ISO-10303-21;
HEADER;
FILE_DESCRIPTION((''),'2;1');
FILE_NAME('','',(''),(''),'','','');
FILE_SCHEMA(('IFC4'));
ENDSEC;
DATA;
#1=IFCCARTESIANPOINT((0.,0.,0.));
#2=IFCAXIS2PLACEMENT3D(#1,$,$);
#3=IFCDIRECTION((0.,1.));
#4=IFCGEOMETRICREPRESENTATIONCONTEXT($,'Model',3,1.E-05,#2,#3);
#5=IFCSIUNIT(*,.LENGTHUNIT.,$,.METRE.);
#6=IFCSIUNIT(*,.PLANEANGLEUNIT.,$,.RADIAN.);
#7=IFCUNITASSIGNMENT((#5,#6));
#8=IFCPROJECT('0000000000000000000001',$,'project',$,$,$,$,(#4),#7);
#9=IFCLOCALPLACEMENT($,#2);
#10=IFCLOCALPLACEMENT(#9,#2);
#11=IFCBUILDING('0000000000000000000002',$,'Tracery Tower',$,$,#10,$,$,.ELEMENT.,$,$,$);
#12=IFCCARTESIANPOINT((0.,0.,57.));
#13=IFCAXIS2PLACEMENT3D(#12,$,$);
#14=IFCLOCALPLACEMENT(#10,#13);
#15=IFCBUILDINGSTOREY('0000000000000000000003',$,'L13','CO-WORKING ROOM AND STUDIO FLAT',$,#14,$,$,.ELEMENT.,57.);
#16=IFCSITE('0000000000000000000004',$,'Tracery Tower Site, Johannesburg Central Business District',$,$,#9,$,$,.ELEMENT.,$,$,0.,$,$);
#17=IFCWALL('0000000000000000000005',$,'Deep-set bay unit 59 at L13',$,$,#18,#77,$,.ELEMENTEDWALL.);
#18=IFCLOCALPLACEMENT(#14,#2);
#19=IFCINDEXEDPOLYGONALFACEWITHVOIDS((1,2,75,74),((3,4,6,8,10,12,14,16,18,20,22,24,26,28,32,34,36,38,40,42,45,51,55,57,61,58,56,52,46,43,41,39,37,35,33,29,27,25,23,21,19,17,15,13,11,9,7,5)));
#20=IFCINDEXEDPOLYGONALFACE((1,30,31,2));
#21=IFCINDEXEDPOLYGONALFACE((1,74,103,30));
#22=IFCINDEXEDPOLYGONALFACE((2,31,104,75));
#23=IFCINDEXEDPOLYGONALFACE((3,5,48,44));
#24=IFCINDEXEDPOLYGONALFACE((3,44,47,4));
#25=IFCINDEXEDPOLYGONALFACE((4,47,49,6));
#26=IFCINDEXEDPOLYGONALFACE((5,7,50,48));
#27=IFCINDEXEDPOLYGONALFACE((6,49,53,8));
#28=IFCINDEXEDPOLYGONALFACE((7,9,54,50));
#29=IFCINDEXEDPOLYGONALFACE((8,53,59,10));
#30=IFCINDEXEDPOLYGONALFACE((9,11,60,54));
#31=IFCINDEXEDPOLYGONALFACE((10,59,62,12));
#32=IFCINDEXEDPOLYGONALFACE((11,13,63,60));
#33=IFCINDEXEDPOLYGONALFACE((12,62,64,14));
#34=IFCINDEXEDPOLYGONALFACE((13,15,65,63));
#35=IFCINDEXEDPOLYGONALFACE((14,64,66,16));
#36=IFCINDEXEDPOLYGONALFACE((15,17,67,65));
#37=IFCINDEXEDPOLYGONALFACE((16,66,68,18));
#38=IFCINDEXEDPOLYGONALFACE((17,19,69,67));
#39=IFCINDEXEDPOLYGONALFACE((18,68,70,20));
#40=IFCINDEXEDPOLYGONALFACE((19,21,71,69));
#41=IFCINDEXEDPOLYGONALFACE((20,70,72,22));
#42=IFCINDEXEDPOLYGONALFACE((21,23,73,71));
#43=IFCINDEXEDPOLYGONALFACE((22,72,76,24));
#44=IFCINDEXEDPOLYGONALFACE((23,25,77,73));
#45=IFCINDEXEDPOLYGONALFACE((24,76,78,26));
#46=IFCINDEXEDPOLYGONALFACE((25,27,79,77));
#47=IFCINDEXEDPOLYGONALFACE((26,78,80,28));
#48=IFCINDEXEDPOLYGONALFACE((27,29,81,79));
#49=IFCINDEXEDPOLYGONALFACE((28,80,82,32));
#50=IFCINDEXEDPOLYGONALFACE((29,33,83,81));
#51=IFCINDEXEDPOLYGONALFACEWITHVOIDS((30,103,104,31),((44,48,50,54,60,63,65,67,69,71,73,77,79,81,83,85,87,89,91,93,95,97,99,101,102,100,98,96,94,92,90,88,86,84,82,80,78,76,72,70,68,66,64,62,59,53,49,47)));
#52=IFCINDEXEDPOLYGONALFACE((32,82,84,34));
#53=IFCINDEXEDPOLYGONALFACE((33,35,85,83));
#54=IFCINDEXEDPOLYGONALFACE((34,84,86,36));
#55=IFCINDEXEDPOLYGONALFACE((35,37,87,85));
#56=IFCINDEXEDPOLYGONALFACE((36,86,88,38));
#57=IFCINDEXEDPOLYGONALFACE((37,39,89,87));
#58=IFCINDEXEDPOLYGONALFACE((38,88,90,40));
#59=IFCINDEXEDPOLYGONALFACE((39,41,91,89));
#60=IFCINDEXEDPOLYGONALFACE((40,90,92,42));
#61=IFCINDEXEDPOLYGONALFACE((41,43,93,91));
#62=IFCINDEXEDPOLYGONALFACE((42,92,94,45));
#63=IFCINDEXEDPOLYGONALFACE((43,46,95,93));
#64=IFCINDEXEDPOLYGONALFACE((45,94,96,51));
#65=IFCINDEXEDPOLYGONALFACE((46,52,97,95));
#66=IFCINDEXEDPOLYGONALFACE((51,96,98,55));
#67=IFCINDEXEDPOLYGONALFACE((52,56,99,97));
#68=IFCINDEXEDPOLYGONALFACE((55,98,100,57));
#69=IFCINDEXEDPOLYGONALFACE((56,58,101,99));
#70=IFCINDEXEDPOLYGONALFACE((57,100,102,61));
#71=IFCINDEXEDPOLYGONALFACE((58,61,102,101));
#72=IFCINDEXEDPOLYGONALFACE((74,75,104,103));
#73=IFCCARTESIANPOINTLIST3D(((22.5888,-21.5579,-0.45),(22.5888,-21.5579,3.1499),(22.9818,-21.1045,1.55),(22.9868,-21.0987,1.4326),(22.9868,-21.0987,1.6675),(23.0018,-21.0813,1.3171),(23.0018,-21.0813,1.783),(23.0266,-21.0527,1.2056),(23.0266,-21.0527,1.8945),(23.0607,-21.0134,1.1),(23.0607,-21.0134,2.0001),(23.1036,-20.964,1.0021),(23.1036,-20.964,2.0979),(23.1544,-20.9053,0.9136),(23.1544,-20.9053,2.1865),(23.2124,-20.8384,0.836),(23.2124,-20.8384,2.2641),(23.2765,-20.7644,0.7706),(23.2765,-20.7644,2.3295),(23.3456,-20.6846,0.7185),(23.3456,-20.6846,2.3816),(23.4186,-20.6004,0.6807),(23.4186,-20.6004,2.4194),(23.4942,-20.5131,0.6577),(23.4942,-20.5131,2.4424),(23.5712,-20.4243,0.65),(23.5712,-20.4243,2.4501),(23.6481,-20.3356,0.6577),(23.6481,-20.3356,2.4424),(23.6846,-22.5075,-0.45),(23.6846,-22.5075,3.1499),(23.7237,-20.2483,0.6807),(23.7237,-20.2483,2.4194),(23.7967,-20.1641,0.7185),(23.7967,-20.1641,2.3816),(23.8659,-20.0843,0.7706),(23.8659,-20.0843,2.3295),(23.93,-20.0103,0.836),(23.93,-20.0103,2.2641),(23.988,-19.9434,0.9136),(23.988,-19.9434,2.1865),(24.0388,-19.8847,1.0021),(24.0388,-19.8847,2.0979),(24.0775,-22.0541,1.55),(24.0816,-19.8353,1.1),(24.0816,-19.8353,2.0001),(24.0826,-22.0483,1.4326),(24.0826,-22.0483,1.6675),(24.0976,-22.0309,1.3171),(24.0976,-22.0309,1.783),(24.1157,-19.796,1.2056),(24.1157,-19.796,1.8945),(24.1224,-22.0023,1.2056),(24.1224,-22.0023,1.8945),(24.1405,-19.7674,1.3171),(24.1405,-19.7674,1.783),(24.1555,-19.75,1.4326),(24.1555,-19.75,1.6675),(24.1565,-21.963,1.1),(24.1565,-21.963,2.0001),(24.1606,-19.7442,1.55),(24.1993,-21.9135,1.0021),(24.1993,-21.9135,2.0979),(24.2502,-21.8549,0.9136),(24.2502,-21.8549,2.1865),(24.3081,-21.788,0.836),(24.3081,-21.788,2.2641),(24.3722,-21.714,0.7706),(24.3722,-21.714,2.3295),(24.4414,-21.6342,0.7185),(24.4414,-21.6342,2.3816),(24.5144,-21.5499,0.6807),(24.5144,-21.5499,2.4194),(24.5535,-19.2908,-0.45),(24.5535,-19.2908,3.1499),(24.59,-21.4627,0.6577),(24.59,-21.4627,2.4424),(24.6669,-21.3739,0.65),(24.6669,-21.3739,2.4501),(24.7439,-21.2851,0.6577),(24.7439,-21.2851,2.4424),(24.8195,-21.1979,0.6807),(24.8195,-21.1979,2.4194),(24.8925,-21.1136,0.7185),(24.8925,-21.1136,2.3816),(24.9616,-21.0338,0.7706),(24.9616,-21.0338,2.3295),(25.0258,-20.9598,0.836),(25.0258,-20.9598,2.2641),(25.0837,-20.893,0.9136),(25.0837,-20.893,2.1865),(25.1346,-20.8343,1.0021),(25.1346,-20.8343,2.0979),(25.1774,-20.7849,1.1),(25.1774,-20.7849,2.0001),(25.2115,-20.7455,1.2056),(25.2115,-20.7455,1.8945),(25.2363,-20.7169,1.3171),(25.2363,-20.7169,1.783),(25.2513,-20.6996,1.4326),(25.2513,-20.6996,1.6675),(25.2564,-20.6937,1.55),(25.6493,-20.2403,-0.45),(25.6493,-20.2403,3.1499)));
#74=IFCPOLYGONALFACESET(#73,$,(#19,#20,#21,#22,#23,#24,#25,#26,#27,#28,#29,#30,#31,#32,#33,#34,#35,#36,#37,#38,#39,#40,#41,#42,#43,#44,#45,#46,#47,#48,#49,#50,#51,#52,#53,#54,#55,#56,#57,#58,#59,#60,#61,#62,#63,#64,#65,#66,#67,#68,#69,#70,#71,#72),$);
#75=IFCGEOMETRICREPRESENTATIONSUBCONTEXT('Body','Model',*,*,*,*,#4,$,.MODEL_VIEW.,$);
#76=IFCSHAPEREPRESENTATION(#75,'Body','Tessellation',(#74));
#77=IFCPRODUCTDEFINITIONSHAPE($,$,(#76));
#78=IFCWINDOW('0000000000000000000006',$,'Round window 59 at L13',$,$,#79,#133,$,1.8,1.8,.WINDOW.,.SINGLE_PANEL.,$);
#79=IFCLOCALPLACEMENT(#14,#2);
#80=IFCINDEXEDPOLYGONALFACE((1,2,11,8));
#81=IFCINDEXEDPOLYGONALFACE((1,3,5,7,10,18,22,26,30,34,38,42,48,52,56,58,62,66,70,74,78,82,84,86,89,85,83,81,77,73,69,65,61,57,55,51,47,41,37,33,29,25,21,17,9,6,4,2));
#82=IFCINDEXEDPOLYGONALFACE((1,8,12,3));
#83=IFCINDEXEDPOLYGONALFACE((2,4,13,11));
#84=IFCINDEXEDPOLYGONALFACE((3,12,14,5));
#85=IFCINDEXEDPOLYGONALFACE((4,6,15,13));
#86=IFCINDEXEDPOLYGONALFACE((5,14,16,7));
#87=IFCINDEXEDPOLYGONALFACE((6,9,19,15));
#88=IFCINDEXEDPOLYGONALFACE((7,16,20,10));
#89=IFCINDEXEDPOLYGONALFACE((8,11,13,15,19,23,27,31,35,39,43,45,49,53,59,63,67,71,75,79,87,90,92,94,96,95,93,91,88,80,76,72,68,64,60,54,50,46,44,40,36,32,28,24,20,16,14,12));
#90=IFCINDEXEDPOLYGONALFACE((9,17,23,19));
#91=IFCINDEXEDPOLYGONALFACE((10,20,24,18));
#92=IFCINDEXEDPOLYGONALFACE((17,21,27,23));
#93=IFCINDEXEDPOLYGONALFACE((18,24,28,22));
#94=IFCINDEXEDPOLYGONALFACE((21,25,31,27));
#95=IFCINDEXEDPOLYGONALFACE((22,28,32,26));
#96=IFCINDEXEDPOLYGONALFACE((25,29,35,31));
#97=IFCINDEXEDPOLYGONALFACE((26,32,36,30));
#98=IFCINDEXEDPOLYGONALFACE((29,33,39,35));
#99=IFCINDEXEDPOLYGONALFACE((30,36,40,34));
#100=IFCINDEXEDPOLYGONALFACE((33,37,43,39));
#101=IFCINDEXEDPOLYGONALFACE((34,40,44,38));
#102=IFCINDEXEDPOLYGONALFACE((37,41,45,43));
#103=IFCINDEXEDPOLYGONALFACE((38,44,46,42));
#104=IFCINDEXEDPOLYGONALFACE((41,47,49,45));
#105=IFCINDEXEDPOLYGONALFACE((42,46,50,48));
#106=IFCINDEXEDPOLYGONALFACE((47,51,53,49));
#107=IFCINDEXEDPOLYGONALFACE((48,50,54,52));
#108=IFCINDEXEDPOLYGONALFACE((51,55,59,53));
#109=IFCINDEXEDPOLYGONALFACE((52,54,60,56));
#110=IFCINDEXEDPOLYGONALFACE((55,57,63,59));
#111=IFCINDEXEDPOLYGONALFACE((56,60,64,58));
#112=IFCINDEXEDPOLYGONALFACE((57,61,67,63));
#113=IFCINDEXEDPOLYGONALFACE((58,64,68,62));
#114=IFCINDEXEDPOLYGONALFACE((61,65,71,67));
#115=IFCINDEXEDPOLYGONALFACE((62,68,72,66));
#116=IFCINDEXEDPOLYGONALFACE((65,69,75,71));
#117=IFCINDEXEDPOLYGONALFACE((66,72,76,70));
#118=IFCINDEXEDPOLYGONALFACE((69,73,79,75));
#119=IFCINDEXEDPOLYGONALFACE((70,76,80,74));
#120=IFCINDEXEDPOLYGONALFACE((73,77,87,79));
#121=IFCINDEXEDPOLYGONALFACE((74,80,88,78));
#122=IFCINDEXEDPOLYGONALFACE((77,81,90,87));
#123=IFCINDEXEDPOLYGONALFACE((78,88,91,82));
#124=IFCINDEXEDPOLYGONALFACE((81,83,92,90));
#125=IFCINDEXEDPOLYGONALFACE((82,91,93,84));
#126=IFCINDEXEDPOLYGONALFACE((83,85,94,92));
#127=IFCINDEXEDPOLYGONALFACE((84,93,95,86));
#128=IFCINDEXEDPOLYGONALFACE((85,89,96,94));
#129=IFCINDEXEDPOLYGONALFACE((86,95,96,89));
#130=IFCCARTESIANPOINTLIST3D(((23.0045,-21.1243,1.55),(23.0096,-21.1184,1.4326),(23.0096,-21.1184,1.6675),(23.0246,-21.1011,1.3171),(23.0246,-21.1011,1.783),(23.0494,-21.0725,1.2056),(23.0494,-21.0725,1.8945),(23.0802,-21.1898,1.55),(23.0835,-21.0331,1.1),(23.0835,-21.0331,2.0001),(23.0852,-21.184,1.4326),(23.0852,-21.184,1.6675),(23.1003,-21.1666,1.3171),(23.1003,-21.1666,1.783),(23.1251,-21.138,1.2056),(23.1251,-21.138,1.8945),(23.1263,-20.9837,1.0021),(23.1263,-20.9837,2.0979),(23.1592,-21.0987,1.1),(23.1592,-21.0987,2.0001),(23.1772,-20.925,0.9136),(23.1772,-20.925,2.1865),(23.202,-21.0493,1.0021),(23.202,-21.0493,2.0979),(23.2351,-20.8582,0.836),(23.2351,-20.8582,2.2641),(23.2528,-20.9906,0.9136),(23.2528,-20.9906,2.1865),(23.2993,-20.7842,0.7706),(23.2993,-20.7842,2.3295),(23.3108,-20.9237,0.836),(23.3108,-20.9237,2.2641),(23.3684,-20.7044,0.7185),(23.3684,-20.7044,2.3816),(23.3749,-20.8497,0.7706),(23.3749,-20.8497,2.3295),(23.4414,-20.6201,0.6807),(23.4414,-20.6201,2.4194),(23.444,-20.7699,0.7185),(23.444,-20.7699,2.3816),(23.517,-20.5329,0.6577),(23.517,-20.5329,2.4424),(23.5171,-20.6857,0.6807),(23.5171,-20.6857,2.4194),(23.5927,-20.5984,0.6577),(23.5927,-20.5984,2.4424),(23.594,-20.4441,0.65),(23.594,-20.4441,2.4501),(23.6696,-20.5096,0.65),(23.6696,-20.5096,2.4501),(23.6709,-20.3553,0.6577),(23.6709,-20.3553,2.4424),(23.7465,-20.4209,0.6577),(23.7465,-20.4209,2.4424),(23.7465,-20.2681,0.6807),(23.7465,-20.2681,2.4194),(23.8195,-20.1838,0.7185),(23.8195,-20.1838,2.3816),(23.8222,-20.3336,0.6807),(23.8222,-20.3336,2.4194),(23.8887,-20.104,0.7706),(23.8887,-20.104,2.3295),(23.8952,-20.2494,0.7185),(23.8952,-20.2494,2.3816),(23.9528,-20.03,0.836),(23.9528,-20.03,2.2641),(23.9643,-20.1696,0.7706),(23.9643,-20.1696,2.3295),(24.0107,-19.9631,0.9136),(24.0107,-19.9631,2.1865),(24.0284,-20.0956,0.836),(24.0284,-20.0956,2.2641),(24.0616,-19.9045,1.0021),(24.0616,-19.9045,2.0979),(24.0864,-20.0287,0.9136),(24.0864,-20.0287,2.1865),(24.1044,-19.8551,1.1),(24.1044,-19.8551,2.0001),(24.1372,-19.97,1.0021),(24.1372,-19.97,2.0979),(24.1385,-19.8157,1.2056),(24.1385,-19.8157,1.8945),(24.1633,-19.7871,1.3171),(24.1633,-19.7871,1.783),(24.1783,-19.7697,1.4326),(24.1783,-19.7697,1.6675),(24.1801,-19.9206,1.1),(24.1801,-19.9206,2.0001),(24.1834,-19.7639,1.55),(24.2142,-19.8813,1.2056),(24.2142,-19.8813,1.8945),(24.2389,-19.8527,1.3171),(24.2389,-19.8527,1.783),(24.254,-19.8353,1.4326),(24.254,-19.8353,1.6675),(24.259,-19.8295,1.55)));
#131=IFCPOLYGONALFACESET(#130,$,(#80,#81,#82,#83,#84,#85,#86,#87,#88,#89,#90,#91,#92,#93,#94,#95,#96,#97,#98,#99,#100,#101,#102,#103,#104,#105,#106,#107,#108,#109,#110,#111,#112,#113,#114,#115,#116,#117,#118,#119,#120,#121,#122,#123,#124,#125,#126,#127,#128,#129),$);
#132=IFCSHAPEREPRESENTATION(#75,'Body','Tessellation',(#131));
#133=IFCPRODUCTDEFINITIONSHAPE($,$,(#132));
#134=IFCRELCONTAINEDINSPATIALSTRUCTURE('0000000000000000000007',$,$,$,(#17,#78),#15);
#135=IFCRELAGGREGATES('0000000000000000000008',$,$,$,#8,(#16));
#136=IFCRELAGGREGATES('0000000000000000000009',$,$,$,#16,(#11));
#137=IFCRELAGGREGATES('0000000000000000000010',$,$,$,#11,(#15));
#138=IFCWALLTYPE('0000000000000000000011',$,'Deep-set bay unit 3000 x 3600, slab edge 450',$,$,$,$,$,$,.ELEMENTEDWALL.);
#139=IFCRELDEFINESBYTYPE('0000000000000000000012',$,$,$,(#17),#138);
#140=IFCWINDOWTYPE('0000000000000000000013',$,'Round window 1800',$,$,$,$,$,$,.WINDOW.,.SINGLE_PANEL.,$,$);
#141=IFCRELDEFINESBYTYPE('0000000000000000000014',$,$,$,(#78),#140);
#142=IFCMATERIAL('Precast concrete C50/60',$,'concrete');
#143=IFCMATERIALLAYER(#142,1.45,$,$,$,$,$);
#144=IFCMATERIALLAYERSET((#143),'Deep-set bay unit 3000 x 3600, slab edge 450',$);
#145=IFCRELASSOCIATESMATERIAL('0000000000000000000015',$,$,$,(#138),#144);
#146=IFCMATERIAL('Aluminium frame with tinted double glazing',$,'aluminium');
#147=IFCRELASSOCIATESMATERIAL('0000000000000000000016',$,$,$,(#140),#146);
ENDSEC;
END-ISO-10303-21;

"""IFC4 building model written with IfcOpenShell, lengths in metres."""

from ifc_helpers import new_model, si_unit, direction, frame, frame_2d, origin, origin_2d, place, context, subcontext, project, spatial, rectangle, circle, extrude, material, layer, layer_set, type_object, element, fill, save


model = new_model("IFC4")

# Units and contexts
model_context = context("Model", 3, precision=1e-05, world=origin(), true_north=direction((0.0, 1.0)))
body_context = subcontext(model_context, "Body", "Model", "MODEL_VIEW")
ifc_project = project(units=[si_unit("LENGTHUNIT", "METRE"), si_unit("PLANEANGLEUNIT", "RADIAN")], contexts=[model_context])

# Site, building, storey
site_placement = place(None, origin())
site = spatial("IfcSite", under=ifc_project, at=site_placement, Name="Tracery Tower Site, Johannesburg Central Business District", CompositionType="ELEMENT", RefElevation=0.0)
building_placement = place(site_placement, origin())
building = spatial("IfcBuilding", under=site, at=building_placement, Name="Tracery Tower", CompositionType="ELEMENT")
storey_placement = place(building_placement, frame((0.0, 0.0, 57.0)))
storey = spatial("IfcBuildingStorey", under=building, at=storey_placement, Name="L13", Description="CO-WORKING ROOM AND STUDIO FLAT", CompositionType="ELEMENT", Elevation=57.0)

# Wall, opening, window
ifc_material_1 = material(Name="Precast concrete C50/60", Category="concrete")
ifc_layer_1 = layer(ifc_material_1, 1.45)
ifc_layer_set_1 = layer_set([ifc_layer_1], Name="Deep-set bay unit 3000 x 3600, slab edge 450")
wall_type_1 = type_object("IfcWallType", Name="Deep-set bay unit 3000 x 3600, slab edge 450", PredefinedType="ELEMENTEDWALL", material=ifc_layer_set_1)
ifc_material_2 = material(Name="Aluminium frame with tinted double glazing", Category="aluminium")
window_type = type_object("IfcWindowType", Name="Round window 1800", PartitioningType="SINGLE_PANEL", PredefinedType="WINDOW", material=ifc_material_2)
wall_1_placement = place(storey_placement, frame((23.1367, -22.0327, -0.45), z_axis=(0.0, 0.0, 1.0), x_axis=(0.65489, 0.755724, 0.0)))
wall_1 = element("IfcWall", 1, at=wall_1_placement, inside=storey, type_object=wall_type_1, Name="Deep-set bay unit 59 at L13", PredefinedType="ELEMENTEDWALL", context=body_context, shape_type="SweptSolid", body=[
    extrude(rectangle(XDim=3.0, YDim=1.45, at=frame_2d((1.5, 0.0))), origin(), (0.0, 0.0, 1.0), 3.5999),
])
opening_1_placement = place(wall_1_placement, frame((1.5, 0.0, 2.0)))
opening_1 = element("IfcOpeningElement", 2, at=opening_1_placement, cuts=wall_1, PredefinedType="OPENING", context=body_context, shape_type="SweptSolid", body=[
    extrude(circle(Radius=0.9, at=origin_2d()), frame((0.0, 0.7349, 0.0), z_axis=(0.0, -1.0, 0.0), x_axis=(1.0, 0.0, 0.0)), (0.0, 0.0, 1.0), 1.47),
])
window_1_placement = place(opening_1_placement, origin())
window_1 = element("IfcWindow", 3, at=window_1_placement, inside=storey, type_object=window_type, Name="Round window 59 at L13", OverallHeight=1.8, OverallWidth=1.8, PartitioningType="SINGLE_PANEL", PredefinedType="WINDOW", context=body_context, shape_type="SweptSolid", body=[
    extrude(circle(Radius=0.9, at=origin_2d()), frame((0.0, 0.6948, 0.0), z_axis=(0.0, -1.0, 0.0), x_axis=(1.0, 0.0, 0.0)), (0.0, 0.0, 1.0), 0.1001),
])
fill(opening_1, window_1)

save(model, "model.ifc")
